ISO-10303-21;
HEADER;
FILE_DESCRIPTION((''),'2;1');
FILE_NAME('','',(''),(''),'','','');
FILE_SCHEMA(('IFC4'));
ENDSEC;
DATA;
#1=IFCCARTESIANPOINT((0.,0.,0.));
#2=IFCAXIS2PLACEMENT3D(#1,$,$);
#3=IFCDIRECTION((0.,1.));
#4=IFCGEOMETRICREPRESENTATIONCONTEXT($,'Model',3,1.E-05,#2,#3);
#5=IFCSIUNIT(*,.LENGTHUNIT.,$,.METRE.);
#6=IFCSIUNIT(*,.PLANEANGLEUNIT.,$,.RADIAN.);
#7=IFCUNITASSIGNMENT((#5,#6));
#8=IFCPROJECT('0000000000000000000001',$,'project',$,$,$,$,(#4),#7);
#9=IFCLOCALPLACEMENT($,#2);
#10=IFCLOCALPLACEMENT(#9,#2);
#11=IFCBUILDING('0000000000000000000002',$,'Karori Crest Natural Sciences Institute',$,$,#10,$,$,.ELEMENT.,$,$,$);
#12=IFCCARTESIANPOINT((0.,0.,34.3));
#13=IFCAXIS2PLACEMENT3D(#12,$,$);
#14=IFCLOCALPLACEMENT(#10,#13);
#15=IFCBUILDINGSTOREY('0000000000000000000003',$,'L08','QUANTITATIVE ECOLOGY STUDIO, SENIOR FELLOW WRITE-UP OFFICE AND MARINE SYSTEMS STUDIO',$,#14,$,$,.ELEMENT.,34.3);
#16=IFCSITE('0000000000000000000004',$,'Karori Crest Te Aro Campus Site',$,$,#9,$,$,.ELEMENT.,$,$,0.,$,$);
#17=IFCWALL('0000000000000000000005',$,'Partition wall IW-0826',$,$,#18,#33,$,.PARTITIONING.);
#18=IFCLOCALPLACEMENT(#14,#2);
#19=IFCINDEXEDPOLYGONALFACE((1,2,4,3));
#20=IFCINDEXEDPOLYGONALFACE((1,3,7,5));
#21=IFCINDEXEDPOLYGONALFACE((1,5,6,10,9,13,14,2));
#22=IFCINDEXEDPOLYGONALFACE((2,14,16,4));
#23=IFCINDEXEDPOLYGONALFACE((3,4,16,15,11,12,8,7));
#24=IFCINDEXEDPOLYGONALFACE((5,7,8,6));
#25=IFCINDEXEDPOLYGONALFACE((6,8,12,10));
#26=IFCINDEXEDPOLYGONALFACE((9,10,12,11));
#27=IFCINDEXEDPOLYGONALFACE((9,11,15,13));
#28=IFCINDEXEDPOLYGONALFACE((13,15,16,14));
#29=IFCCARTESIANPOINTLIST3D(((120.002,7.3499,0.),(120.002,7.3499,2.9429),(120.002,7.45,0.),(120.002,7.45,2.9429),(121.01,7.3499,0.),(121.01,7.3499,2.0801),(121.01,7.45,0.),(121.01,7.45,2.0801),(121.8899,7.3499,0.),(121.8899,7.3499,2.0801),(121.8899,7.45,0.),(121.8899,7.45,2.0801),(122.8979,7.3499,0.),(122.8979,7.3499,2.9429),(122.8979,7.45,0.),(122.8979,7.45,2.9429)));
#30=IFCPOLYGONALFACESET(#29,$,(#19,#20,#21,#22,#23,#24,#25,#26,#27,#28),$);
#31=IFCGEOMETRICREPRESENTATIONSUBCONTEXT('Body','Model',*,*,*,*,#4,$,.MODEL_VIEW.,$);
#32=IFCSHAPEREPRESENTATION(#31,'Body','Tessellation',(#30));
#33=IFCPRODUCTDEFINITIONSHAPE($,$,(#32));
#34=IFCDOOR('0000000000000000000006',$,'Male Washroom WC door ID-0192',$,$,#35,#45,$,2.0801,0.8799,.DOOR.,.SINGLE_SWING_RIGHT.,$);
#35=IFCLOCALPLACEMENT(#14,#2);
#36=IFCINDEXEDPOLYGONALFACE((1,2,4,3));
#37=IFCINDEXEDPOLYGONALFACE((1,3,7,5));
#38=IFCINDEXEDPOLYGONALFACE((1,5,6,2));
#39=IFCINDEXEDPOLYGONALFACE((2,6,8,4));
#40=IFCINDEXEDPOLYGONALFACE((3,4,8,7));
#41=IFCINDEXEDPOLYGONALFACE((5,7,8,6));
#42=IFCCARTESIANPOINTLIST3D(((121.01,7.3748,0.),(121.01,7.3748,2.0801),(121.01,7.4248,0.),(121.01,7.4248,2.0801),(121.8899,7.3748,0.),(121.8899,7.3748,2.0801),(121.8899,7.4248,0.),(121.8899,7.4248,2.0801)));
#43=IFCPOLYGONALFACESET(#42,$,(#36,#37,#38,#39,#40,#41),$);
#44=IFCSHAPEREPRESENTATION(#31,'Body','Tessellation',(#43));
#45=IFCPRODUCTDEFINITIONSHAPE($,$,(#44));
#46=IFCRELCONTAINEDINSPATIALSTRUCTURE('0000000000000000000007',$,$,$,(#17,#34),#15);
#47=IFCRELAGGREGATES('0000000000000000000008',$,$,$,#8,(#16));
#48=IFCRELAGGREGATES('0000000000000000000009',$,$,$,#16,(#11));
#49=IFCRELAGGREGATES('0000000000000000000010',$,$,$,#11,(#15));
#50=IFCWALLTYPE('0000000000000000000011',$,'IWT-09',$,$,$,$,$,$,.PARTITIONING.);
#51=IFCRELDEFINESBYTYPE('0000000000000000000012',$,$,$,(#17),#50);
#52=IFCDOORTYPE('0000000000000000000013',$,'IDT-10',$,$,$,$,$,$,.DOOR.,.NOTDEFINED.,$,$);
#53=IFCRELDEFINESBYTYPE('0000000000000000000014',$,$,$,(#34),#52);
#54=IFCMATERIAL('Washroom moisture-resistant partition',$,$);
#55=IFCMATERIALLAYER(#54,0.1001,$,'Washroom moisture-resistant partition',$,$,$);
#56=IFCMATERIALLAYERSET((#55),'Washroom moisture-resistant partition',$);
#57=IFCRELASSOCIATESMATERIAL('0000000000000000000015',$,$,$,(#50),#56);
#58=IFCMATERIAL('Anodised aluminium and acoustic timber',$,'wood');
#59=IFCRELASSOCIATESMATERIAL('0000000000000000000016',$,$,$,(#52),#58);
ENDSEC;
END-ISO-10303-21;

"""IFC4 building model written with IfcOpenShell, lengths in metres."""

from ifc_helpers import new_model, si_unit, direction, frame, frame_2d, origin, place, context, subcontext, project, spatial, rectangle, extrude, material, layer, layer_set, type_object, element, fill, save


model = new_model("IFC4")

# Units and contexts
model_context = context("Model", 3, precision=1e-05, world=origin(), true_north=direction((0.0, 1.0)))
body_context = subcontext(model_context, "Body", "Model", "MODEL_VIEW")
ifc_project = project(units=[si_unit("LENGTHUNIT", "METRE"), si_unit("PLANEANGLEUNIT", "RADIAN")], contexts=[model_context])

# Site, building, storey
site_placement = place(None, origin())
site = spatial("IfcSite", under=ifc_project, at=site_placement, Name="Karori Crest Te Aro Campus Site", CompositionType="ELEMENT", RefElevation=0.0)
building_placement = place(site_placement, origin())
building = spatial("IfcBuilding", under=site, at=building_placement, Name="Karori Crest Natural Sciences Institute", CompositionType="ELEMENT")
storey_placement = place(building_placement, frame((0.0, 0.0, 34.3)))
storey = spatial("IfcBuildingStorey", under=building, at=storey_placement, Name="L08", Description="QUANTITATIVE ECOLOGY STUDIO, SENIOR FELLOW WRITE-UP OFFICE AND MARINE SYSTEMS STUDIO", CompositionType="ELEMENT", Elevation=34.3)

# Shared definitions
ifc_material_1 = material(Name="Anodised aluminium and acoustic timber", Category="wood")

# Shared definitions
ifc_material_2 = material(Name="Washroom moisture-resistant partition")
ifc_layer_1 = layer(ifc_material_2, 0.1001, Name="Washroom moisture-resistant partition")
ifc_layer_set_1 = layer_set([ifc_layer_1], Name="Washroom moisture-resistant partition")
wall_type_1 = type_object("IfcWallType", Name="IWT-09", PredefinedType="PARTITIONING", material=ifc_layer_set_1)

# Shared definitions
door_type_1 = type_object("IfcDoorType", Name="IDT-10", OperationType="NOTDEFINED", PredefinedType="DOOR", material=ifc_material_1)

# Wall, opening, door
wall_1_placement = place(storey_placement, frame((120.002, 7.3999, 0.0), z_axis=(0.0, 0.0, 1.0), x_axis=(1.0, 0.0, 0.0)))
wall_1 = element("IfcWall", 1, at=wall_1_placement, inside=storey, type_object=wall_type_1, Name="Partition wall IW-0826", PredefinedType="PARTITIONING", context=body_context, shape_type="SweptSolid", body=[
    extrude(rectangle(XDim=2.896, YDim=0.1001, at=frame_2d((1.448, 0.0))), origin(), (0.0, 0.0, 1.0), 2.9429),
])
opening_1_placement = place(wall_1_placement, frame((1.0081, 0.0, 0.0)))
opening_1 = element("IfcOpeningElement", 2, at=opening_1_placement, cuts=wall_1, PredefinedType="OPENING", context=body_context, shape_type="SweptSolid", body=[
    extrude(rectangle(XDim=0.8799, YDim=2.0801, at=frame_2d((0.4399, 1.04))), frame((0.0, 0.0601, 0.0), z_axis=(0.0, -1.0, 0.0), x_axis=(1.0, 0.0, 0.0)), (0.0, 0.0, 1.0), 0.1201),
])
door_1_placement = place(opening_1_placement, origin())
door_1 = element("IfcDoor", 3, at=door_1_placement, inside=storey, type_object=door_type_1, Name="Male Washroom WC door ID-0192", OperationType="SINGLE_SWING_RIGHT", OverallHeight=2.0801, OverallWidth=0.8799, PredefinedType="DOOR", context=body_context, shape_type="SweptSolid", body=[
    extrude(rectangle(XDim=0.8799, YDim=2.0801, at=frame_2d((0.4399, 1.04))), frame((0.0, 0.0249, 0.0), z_axis=(0.0, -1.0, 0.0), x_axis=(1.0, 0.0, 0.0)), (0.0, 0.0, 1.0), 0.05),
])
fill(opening_1, door_1)

save(model, "model.ifc")
